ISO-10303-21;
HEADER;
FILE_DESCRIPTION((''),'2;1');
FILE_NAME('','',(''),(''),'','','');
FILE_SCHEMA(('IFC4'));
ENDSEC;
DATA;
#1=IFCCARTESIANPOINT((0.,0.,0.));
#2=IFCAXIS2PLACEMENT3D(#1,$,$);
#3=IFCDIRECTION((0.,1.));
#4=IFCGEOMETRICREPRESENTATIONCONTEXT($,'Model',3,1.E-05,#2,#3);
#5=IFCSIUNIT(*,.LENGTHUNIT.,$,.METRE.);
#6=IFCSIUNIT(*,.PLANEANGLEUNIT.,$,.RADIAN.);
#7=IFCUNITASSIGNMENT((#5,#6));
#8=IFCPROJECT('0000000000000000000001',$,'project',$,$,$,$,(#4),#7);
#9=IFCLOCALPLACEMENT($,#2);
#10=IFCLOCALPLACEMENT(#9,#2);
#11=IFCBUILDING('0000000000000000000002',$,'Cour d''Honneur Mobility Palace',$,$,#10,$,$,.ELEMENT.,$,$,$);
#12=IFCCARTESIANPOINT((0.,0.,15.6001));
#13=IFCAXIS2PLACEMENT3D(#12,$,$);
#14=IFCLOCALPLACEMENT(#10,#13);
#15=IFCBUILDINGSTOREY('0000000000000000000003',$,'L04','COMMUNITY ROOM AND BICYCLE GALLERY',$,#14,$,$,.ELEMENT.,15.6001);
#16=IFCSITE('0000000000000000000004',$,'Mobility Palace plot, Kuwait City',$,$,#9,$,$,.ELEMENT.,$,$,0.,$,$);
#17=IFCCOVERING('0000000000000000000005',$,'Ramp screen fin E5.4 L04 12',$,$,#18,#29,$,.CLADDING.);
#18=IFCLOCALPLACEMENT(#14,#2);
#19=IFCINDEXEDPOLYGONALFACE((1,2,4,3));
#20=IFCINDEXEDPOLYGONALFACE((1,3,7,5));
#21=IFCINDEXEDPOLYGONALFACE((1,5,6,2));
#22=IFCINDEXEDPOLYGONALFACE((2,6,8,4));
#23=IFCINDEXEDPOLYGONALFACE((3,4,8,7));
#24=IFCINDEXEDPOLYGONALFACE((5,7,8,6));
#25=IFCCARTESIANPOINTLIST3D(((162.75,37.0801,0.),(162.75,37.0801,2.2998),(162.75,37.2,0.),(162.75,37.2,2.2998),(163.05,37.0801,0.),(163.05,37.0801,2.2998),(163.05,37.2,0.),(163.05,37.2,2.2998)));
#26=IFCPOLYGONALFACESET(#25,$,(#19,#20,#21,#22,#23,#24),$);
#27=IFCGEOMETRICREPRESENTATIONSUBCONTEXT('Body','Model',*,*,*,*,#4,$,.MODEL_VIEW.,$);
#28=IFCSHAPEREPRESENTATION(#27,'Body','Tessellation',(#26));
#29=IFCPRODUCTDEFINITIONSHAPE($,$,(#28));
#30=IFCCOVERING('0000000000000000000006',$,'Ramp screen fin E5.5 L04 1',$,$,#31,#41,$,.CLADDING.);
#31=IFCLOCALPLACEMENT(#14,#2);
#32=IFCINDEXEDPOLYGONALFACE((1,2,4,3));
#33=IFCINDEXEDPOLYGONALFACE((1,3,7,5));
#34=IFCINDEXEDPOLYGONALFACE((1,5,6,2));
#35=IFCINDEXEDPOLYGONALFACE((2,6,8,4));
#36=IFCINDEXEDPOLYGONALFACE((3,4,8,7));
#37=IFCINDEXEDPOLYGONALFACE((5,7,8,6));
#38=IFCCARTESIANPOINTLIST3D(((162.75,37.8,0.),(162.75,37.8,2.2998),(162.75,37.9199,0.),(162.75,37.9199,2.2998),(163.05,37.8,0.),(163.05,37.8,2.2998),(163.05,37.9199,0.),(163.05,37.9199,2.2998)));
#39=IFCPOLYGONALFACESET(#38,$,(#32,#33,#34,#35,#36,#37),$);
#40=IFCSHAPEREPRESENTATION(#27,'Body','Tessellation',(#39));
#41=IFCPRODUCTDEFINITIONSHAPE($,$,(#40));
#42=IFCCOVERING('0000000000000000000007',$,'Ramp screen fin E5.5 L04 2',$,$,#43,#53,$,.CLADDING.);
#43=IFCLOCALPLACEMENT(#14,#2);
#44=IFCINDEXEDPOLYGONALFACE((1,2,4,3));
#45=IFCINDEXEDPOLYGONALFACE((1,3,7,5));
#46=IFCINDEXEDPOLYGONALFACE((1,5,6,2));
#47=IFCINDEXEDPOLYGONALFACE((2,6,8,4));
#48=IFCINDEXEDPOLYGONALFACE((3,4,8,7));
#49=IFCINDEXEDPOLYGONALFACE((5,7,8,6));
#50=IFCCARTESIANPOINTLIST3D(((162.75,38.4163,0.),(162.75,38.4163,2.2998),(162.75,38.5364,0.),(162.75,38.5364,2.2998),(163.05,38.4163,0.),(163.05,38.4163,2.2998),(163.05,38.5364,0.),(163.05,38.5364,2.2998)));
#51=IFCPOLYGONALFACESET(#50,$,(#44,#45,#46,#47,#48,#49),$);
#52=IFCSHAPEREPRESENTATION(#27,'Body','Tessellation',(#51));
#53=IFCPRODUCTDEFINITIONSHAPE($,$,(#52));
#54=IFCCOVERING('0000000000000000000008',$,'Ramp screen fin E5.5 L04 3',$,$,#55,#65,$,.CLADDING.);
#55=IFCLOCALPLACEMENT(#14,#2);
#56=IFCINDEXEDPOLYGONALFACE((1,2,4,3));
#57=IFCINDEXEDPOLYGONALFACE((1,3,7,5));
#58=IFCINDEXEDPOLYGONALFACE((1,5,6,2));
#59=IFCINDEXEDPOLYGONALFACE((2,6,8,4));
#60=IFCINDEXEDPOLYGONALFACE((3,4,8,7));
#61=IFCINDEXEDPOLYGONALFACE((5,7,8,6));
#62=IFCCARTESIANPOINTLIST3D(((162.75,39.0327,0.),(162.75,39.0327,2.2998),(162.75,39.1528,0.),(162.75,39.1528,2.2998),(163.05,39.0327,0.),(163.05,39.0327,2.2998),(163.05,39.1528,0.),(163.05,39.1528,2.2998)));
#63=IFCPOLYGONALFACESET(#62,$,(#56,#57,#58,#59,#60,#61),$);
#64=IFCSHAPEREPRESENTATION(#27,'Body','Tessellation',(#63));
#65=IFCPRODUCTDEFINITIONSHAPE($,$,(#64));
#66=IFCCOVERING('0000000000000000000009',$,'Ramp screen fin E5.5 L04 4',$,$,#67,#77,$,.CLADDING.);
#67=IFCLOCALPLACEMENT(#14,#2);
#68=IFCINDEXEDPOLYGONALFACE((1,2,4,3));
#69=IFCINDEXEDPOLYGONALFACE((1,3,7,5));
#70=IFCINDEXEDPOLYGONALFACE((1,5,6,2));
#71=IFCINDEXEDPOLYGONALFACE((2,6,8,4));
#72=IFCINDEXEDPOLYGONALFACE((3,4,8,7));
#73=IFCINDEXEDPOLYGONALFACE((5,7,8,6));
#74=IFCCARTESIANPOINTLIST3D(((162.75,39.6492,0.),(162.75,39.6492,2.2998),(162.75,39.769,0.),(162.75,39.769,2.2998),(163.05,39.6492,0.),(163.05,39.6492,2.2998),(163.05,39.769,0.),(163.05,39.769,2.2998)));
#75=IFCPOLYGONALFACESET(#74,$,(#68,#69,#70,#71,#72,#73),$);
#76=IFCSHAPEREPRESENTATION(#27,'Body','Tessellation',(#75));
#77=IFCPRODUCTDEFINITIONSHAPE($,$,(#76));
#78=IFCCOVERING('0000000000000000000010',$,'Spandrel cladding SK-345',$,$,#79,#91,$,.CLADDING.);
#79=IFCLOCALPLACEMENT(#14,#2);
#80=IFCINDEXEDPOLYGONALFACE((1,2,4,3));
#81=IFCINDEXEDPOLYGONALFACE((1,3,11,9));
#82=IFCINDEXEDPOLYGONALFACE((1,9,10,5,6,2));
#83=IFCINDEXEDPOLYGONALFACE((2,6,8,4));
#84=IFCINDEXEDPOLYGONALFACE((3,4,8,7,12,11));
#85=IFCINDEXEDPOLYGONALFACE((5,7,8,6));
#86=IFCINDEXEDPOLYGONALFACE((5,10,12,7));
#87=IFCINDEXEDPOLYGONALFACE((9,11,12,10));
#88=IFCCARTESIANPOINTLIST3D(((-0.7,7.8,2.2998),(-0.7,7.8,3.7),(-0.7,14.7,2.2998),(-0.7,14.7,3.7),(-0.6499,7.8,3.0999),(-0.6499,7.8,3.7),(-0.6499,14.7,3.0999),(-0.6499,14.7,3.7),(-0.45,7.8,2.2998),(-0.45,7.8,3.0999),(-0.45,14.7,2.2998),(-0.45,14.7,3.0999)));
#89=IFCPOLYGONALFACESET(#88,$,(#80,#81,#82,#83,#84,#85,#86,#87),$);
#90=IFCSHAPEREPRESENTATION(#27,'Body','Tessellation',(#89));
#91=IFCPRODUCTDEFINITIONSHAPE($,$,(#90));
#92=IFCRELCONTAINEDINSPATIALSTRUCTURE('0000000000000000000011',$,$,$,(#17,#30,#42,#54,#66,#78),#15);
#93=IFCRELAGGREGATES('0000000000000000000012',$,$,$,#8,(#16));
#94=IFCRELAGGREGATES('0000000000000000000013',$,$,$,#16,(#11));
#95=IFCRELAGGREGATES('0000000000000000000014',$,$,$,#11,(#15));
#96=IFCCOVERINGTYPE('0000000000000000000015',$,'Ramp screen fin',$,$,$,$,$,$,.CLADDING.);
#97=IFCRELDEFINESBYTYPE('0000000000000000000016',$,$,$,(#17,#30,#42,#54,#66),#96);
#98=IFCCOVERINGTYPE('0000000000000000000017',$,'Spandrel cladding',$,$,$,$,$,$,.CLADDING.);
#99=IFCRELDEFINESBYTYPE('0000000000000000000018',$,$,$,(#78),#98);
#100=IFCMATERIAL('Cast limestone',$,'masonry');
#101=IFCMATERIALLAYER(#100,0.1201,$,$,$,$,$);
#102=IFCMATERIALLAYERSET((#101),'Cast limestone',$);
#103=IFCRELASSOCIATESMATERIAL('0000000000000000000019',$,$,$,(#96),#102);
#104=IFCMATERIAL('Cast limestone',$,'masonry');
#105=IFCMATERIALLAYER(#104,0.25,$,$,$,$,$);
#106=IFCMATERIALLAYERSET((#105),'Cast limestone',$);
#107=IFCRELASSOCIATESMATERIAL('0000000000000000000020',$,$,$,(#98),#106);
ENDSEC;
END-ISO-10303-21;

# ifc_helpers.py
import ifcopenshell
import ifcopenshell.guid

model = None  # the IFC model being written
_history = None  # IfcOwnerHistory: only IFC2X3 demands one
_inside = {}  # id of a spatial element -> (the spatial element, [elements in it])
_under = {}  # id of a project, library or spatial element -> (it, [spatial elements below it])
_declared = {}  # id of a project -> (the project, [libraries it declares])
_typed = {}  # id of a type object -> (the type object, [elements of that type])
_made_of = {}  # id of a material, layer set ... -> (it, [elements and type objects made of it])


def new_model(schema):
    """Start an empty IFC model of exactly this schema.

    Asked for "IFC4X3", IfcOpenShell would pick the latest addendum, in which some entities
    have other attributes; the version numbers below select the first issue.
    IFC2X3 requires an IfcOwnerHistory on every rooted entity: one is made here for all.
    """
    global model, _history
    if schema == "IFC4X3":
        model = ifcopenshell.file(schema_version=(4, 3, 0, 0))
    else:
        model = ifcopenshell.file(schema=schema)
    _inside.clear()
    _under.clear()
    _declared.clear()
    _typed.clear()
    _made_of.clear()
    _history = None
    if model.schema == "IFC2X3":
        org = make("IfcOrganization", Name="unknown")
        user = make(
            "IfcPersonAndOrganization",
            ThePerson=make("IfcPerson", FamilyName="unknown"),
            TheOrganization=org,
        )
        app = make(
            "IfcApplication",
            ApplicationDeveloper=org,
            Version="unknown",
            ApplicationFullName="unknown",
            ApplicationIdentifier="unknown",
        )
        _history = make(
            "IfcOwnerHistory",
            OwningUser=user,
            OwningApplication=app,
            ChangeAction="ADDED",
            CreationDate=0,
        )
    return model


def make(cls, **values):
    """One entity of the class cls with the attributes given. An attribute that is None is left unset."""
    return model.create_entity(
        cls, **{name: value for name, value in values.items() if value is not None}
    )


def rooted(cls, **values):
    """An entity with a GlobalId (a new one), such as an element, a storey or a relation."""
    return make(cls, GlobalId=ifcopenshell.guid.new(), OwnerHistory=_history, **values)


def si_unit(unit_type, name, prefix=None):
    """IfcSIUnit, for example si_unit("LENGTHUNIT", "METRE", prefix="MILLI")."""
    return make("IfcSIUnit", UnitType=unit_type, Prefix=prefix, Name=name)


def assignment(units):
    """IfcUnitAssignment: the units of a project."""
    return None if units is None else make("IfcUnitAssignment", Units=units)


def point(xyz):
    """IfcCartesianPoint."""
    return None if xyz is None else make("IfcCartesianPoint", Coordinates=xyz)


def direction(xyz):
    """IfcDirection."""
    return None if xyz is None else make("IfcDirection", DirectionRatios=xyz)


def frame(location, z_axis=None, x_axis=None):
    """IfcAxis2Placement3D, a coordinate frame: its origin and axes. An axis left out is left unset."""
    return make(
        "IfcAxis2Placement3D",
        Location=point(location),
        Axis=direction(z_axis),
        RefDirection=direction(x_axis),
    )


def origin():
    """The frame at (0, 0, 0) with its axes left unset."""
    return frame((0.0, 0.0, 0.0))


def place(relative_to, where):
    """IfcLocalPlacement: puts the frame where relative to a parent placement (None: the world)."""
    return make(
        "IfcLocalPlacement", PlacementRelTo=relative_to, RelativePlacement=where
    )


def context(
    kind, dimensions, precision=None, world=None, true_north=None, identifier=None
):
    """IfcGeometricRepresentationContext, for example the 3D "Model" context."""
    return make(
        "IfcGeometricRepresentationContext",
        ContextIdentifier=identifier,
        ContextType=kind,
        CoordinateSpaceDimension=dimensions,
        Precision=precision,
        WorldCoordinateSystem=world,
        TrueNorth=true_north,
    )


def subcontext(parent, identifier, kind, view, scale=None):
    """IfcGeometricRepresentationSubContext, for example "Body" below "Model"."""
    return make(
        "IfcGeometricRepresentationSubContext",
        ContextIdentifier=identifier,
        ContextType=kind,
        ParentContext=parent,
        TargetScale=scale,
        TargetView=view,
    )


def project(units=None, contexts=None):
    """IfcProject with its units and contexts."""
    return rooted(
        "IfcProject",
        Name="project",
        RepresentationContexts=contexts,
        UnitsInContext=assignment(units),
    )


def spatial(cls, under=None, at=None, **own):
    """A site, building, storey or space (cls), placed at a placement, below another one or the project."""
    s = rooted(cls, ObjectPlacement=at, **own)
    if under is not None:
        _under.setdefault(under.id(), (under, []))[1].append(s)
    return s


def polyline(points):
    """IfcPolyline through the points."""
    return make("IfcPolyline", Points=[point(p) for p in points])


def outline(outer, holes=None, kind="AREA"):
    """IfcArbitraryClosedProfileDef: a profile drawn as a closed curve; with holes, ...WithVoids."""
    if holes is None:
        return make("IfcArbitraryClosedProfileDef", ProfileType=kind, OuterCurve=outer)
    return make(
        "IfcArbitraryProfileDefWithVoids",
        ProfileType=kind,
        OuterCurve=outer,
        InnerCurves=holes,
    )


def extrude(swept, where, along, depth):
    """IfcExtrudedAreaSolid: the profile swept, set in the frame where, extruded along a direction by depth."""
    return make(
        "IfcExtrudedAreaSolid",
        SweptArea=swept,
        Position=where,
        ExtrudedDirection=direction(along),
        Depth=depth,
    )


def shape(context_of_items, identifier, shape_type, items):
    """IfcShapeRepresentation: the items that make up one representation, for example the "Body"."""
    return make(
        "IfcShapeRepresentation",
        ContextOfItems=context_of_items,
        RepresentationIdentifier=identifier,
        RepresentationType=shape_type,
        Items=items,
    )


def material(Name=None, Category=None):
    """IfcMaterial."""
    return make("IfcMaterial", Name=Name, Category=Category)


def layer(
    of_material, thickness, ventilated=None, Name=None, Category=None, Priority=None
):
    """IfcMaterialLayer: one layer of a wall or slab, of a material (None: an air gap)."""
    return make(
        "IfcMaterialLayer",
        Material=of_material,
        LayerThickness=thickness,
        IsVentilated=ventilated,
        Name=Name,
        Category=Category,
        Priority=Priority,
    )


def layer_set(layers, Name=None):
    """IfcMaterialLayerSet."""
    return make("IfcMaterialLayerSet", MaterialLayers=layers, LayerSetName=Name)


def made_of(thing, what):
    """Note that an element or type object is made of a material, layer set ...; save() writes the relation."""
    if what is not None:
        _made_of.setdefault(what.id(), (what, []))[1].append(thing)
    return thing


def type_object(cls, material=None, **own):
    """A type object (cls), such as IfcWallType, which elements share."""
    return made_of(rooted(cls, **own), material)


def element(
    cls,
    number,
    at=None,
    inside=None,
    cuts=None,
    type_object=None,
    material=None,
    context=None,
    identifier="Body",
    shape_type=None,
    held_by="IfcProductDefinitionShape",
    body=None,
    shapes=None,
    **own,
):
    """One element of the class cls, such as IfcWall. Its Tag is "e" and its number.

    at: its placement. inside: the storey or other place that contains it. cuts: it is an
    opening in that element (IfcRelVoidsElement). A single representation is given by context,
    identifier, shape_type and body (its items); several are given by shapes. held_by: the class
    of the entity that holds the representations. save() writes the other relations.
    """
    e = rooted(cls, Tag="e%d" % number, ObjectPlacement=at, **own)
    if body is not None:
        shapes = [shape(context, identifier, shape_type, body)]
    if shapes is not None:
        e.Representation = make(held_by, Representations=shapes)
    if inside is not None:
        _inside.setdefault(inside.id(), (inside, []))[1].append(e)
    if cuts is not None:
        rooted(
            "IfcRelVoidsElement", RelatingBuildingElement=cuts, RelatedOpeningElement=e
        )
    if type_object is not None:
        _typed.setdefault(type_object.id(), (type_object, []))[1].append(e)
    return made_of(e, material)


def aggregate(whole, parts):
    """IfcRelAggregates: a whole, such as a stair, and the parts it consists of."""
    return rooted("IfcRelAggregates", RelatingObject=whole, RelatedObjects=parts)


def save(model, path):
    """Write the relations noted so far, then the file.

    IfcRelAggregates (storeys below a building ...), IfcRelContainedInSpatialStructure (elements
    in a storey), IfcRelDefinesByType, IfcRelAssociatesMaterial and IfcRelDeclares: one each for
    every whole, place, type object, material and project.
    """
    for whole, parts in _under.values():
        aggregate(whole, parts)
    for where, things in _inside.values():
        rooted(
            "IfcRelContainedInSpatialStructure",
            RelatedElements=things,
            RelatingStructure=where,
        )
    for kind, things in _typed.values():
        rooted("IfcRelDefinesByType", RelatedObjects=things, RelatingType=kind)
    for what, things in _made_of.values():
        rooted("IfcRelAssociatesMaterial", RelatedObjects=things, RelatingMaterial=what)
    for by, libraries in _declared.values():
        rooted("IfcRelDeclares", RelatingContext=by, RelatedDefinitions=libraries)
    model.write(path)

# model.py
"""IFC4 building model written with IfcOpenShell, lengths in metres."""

from ifc_helpers import new_model, si_unit, direction, frame, origin, place, context, subcontext, project, spatial, polyline, outline, extrude, material, layer, layer_set, type_object, element, save


model = new_model("IFC4")

# Units and contexts
model_context = context("Model", 3, precision=1e-05, world=origin(), true_north=direction((0.0, 1.0)))
body_context = subcontext(model_context, "Body", "Model", "MODEL_VIEW")
ifc_project = project(units=[si_unit("LENGTHUNIT", "METRE"), si_unit("PLANEANGLEUNIT", "RADIAN")], contexts=[model_context])

# Site, building, storey
site_placement = place(None, origin())
site = spatial("IfcSite", under=ifc_project, at=site_placement, Name="Mobility Palace plot, Kuwait City", CompositionType="ELEMENT", RefElevation=0.0)
building_placement = place(site_placement, origin())
building = spatial("IfcBuilding", under=site, at=building_placement, Name="Cour d'Honneur Mobility Palace", CompositionType="ELEMENT")
storey_placement = place(building_placement, frame((0.0, 0.0, 15.6001)))
storey = spatial("IfcBuildingStorey", under=building, at=storey_placement, Name="L04", Description="COMMUNITY ROOM AND BICYCLE GALLERY", CompositionType="ELEMENT", Elevation=15.6001)

# Coverings
ifc_material_1 = material(Name="Cast limestone", Category="masonry")
ifc_layer_1 = layer(ifc_material_1, 0.1201)
ifc_layer_set_1 = layer_set([ifc_layer_1], Name="Cast limestone")
covering_type_1 = type_object("IfcCoveringType", Name="Ramp screen fin", PredefinedType="CLADDING", material=ifc_layer_set_1)
covering_1_placement = place(storey_placement, origin())
element("IfcCovering", 1, at=covering_1_placement, inside=storey, type_object=covering_type_1, Name="Ramp screen fin E5.4 L04 12", PredefinedType="CLADDING", context=body_context, shape_type="SweptSolid", body=[
    extrude(outline(polyline([(162.75, 37.0801), (162.75, 37.2), (163.05, 37.2), (163.05, 37.0801), (162.75, 37.0801)])), origin(), (0.0, 0.0, 1.0), 2.2998),
])
covering_2_placement = place(storey_placement, origin())
element("IfcCovering", 2, at=covering_2_placement, inside=storey, type_object=covering_type_1, Name="Ramp screen fin E5.5 L04 1", PredefinedType="CLADDING", context=body_context, shape_type="SweptSolid", body=[
    extrude(outline(polyline([(162.75, 37.8), (162.75, 37.9199), (163.05, 37.9199), (163.05, 37.8), (162.75, 37.8)])), origin(), (0.0, 0.0, 1.0), 2.2998),
])
covering_3_placement = place(storey_placement, origin())
element("IfcCovering", 3, at=covering_3_placement, inside=storey, type_object=covering_type_1, Name="Ramp screen fin E5.5 L04 2", PredefinedType="CLADDING", context=body_context, shape_type="SweptSolid", body=[
    extrude(outline(polyline([(162.75, 38.4163), (162.75, 38.5364), (163.05, 38.5364), (163.05, 38.4163), (162.75, 38.4163)])), origin(), (0.0, 0.0, 1.0), 2.2998),
])
covering_4_placement = place(storey_placement, origin())
element("IfcCovering", 4, at=covering_4_placement, inside=storey, type_object=covering_type_1, Name="Ramp screen fin E5.5 L04 3", PredefinedType="CLADDING", context=body_context, shape_type="SweptSolid", body=[
    extrude(outline(polyline([(162.75, 39.0327), (162.75, 39.1528), (163.05, 39.1528), (163.05, 39.0327), (162.75, 39.0327)])), origin(), (0.0, 0.0, 1.0), 2.2998),
])
covering_5_placement = place(storey_placement, origin())
element("IfcCovering", 5, at=covering_5_placement, inside=storey, type_object=covering_type_1, Name="Ramp screen fin E5.5 L04 4", PredefinedType="CLADDING", context=body_context, shape_type="SweptSolid", body=[
    extrude(outline(polyline([(162.75, 39.6492), (162.75, 39.769), (163.05, 39.769), (163.05, 39.6492), (162.75, 39.6492)])), origin(), (0.0, 0.0, 1.0), 2.2998),
])
ifc_material_2 = material(Name="Cast limestone", Category="masonry")
ifc_layer_2 = layer(ifc_material_2, 0.25)
ifc_layer_set_2 = layer_set([ifc_layer_2], Name="Cast limestone")
covering_type_2 = type_object("IfcCoveringType", Name="Spandrel cladding", PredefinedType="CLADDING", material=ifc_layer_set_2)
covering_6_placement = place(storey_placement, frame((-0.45, 14.7, 2.2998), z_axis=(0.0, 1.0, 0.0), x_axis=(-1.0, 0.0, 0.0)))
element("IfcCovering", 6, at=covering_6_placement, inside=storey, type_object=covering_type_2, Name="Spandrel cladding SK-345", PredefinedType="CLADDING", context=body_context, shape_type="SweptSolid", body=[
    extrude(outline(polyline([(0.0, 0.0), (0.25, 0.0), (0.25, 1.4001), (0.2, 1.4001), (0.2, 0.8), (0.0, 0.8), (0.0, 0.0)])), origin(), (0.0, 0.0, -1.0), 6.8999),
])

save(model, "model.ifc")
